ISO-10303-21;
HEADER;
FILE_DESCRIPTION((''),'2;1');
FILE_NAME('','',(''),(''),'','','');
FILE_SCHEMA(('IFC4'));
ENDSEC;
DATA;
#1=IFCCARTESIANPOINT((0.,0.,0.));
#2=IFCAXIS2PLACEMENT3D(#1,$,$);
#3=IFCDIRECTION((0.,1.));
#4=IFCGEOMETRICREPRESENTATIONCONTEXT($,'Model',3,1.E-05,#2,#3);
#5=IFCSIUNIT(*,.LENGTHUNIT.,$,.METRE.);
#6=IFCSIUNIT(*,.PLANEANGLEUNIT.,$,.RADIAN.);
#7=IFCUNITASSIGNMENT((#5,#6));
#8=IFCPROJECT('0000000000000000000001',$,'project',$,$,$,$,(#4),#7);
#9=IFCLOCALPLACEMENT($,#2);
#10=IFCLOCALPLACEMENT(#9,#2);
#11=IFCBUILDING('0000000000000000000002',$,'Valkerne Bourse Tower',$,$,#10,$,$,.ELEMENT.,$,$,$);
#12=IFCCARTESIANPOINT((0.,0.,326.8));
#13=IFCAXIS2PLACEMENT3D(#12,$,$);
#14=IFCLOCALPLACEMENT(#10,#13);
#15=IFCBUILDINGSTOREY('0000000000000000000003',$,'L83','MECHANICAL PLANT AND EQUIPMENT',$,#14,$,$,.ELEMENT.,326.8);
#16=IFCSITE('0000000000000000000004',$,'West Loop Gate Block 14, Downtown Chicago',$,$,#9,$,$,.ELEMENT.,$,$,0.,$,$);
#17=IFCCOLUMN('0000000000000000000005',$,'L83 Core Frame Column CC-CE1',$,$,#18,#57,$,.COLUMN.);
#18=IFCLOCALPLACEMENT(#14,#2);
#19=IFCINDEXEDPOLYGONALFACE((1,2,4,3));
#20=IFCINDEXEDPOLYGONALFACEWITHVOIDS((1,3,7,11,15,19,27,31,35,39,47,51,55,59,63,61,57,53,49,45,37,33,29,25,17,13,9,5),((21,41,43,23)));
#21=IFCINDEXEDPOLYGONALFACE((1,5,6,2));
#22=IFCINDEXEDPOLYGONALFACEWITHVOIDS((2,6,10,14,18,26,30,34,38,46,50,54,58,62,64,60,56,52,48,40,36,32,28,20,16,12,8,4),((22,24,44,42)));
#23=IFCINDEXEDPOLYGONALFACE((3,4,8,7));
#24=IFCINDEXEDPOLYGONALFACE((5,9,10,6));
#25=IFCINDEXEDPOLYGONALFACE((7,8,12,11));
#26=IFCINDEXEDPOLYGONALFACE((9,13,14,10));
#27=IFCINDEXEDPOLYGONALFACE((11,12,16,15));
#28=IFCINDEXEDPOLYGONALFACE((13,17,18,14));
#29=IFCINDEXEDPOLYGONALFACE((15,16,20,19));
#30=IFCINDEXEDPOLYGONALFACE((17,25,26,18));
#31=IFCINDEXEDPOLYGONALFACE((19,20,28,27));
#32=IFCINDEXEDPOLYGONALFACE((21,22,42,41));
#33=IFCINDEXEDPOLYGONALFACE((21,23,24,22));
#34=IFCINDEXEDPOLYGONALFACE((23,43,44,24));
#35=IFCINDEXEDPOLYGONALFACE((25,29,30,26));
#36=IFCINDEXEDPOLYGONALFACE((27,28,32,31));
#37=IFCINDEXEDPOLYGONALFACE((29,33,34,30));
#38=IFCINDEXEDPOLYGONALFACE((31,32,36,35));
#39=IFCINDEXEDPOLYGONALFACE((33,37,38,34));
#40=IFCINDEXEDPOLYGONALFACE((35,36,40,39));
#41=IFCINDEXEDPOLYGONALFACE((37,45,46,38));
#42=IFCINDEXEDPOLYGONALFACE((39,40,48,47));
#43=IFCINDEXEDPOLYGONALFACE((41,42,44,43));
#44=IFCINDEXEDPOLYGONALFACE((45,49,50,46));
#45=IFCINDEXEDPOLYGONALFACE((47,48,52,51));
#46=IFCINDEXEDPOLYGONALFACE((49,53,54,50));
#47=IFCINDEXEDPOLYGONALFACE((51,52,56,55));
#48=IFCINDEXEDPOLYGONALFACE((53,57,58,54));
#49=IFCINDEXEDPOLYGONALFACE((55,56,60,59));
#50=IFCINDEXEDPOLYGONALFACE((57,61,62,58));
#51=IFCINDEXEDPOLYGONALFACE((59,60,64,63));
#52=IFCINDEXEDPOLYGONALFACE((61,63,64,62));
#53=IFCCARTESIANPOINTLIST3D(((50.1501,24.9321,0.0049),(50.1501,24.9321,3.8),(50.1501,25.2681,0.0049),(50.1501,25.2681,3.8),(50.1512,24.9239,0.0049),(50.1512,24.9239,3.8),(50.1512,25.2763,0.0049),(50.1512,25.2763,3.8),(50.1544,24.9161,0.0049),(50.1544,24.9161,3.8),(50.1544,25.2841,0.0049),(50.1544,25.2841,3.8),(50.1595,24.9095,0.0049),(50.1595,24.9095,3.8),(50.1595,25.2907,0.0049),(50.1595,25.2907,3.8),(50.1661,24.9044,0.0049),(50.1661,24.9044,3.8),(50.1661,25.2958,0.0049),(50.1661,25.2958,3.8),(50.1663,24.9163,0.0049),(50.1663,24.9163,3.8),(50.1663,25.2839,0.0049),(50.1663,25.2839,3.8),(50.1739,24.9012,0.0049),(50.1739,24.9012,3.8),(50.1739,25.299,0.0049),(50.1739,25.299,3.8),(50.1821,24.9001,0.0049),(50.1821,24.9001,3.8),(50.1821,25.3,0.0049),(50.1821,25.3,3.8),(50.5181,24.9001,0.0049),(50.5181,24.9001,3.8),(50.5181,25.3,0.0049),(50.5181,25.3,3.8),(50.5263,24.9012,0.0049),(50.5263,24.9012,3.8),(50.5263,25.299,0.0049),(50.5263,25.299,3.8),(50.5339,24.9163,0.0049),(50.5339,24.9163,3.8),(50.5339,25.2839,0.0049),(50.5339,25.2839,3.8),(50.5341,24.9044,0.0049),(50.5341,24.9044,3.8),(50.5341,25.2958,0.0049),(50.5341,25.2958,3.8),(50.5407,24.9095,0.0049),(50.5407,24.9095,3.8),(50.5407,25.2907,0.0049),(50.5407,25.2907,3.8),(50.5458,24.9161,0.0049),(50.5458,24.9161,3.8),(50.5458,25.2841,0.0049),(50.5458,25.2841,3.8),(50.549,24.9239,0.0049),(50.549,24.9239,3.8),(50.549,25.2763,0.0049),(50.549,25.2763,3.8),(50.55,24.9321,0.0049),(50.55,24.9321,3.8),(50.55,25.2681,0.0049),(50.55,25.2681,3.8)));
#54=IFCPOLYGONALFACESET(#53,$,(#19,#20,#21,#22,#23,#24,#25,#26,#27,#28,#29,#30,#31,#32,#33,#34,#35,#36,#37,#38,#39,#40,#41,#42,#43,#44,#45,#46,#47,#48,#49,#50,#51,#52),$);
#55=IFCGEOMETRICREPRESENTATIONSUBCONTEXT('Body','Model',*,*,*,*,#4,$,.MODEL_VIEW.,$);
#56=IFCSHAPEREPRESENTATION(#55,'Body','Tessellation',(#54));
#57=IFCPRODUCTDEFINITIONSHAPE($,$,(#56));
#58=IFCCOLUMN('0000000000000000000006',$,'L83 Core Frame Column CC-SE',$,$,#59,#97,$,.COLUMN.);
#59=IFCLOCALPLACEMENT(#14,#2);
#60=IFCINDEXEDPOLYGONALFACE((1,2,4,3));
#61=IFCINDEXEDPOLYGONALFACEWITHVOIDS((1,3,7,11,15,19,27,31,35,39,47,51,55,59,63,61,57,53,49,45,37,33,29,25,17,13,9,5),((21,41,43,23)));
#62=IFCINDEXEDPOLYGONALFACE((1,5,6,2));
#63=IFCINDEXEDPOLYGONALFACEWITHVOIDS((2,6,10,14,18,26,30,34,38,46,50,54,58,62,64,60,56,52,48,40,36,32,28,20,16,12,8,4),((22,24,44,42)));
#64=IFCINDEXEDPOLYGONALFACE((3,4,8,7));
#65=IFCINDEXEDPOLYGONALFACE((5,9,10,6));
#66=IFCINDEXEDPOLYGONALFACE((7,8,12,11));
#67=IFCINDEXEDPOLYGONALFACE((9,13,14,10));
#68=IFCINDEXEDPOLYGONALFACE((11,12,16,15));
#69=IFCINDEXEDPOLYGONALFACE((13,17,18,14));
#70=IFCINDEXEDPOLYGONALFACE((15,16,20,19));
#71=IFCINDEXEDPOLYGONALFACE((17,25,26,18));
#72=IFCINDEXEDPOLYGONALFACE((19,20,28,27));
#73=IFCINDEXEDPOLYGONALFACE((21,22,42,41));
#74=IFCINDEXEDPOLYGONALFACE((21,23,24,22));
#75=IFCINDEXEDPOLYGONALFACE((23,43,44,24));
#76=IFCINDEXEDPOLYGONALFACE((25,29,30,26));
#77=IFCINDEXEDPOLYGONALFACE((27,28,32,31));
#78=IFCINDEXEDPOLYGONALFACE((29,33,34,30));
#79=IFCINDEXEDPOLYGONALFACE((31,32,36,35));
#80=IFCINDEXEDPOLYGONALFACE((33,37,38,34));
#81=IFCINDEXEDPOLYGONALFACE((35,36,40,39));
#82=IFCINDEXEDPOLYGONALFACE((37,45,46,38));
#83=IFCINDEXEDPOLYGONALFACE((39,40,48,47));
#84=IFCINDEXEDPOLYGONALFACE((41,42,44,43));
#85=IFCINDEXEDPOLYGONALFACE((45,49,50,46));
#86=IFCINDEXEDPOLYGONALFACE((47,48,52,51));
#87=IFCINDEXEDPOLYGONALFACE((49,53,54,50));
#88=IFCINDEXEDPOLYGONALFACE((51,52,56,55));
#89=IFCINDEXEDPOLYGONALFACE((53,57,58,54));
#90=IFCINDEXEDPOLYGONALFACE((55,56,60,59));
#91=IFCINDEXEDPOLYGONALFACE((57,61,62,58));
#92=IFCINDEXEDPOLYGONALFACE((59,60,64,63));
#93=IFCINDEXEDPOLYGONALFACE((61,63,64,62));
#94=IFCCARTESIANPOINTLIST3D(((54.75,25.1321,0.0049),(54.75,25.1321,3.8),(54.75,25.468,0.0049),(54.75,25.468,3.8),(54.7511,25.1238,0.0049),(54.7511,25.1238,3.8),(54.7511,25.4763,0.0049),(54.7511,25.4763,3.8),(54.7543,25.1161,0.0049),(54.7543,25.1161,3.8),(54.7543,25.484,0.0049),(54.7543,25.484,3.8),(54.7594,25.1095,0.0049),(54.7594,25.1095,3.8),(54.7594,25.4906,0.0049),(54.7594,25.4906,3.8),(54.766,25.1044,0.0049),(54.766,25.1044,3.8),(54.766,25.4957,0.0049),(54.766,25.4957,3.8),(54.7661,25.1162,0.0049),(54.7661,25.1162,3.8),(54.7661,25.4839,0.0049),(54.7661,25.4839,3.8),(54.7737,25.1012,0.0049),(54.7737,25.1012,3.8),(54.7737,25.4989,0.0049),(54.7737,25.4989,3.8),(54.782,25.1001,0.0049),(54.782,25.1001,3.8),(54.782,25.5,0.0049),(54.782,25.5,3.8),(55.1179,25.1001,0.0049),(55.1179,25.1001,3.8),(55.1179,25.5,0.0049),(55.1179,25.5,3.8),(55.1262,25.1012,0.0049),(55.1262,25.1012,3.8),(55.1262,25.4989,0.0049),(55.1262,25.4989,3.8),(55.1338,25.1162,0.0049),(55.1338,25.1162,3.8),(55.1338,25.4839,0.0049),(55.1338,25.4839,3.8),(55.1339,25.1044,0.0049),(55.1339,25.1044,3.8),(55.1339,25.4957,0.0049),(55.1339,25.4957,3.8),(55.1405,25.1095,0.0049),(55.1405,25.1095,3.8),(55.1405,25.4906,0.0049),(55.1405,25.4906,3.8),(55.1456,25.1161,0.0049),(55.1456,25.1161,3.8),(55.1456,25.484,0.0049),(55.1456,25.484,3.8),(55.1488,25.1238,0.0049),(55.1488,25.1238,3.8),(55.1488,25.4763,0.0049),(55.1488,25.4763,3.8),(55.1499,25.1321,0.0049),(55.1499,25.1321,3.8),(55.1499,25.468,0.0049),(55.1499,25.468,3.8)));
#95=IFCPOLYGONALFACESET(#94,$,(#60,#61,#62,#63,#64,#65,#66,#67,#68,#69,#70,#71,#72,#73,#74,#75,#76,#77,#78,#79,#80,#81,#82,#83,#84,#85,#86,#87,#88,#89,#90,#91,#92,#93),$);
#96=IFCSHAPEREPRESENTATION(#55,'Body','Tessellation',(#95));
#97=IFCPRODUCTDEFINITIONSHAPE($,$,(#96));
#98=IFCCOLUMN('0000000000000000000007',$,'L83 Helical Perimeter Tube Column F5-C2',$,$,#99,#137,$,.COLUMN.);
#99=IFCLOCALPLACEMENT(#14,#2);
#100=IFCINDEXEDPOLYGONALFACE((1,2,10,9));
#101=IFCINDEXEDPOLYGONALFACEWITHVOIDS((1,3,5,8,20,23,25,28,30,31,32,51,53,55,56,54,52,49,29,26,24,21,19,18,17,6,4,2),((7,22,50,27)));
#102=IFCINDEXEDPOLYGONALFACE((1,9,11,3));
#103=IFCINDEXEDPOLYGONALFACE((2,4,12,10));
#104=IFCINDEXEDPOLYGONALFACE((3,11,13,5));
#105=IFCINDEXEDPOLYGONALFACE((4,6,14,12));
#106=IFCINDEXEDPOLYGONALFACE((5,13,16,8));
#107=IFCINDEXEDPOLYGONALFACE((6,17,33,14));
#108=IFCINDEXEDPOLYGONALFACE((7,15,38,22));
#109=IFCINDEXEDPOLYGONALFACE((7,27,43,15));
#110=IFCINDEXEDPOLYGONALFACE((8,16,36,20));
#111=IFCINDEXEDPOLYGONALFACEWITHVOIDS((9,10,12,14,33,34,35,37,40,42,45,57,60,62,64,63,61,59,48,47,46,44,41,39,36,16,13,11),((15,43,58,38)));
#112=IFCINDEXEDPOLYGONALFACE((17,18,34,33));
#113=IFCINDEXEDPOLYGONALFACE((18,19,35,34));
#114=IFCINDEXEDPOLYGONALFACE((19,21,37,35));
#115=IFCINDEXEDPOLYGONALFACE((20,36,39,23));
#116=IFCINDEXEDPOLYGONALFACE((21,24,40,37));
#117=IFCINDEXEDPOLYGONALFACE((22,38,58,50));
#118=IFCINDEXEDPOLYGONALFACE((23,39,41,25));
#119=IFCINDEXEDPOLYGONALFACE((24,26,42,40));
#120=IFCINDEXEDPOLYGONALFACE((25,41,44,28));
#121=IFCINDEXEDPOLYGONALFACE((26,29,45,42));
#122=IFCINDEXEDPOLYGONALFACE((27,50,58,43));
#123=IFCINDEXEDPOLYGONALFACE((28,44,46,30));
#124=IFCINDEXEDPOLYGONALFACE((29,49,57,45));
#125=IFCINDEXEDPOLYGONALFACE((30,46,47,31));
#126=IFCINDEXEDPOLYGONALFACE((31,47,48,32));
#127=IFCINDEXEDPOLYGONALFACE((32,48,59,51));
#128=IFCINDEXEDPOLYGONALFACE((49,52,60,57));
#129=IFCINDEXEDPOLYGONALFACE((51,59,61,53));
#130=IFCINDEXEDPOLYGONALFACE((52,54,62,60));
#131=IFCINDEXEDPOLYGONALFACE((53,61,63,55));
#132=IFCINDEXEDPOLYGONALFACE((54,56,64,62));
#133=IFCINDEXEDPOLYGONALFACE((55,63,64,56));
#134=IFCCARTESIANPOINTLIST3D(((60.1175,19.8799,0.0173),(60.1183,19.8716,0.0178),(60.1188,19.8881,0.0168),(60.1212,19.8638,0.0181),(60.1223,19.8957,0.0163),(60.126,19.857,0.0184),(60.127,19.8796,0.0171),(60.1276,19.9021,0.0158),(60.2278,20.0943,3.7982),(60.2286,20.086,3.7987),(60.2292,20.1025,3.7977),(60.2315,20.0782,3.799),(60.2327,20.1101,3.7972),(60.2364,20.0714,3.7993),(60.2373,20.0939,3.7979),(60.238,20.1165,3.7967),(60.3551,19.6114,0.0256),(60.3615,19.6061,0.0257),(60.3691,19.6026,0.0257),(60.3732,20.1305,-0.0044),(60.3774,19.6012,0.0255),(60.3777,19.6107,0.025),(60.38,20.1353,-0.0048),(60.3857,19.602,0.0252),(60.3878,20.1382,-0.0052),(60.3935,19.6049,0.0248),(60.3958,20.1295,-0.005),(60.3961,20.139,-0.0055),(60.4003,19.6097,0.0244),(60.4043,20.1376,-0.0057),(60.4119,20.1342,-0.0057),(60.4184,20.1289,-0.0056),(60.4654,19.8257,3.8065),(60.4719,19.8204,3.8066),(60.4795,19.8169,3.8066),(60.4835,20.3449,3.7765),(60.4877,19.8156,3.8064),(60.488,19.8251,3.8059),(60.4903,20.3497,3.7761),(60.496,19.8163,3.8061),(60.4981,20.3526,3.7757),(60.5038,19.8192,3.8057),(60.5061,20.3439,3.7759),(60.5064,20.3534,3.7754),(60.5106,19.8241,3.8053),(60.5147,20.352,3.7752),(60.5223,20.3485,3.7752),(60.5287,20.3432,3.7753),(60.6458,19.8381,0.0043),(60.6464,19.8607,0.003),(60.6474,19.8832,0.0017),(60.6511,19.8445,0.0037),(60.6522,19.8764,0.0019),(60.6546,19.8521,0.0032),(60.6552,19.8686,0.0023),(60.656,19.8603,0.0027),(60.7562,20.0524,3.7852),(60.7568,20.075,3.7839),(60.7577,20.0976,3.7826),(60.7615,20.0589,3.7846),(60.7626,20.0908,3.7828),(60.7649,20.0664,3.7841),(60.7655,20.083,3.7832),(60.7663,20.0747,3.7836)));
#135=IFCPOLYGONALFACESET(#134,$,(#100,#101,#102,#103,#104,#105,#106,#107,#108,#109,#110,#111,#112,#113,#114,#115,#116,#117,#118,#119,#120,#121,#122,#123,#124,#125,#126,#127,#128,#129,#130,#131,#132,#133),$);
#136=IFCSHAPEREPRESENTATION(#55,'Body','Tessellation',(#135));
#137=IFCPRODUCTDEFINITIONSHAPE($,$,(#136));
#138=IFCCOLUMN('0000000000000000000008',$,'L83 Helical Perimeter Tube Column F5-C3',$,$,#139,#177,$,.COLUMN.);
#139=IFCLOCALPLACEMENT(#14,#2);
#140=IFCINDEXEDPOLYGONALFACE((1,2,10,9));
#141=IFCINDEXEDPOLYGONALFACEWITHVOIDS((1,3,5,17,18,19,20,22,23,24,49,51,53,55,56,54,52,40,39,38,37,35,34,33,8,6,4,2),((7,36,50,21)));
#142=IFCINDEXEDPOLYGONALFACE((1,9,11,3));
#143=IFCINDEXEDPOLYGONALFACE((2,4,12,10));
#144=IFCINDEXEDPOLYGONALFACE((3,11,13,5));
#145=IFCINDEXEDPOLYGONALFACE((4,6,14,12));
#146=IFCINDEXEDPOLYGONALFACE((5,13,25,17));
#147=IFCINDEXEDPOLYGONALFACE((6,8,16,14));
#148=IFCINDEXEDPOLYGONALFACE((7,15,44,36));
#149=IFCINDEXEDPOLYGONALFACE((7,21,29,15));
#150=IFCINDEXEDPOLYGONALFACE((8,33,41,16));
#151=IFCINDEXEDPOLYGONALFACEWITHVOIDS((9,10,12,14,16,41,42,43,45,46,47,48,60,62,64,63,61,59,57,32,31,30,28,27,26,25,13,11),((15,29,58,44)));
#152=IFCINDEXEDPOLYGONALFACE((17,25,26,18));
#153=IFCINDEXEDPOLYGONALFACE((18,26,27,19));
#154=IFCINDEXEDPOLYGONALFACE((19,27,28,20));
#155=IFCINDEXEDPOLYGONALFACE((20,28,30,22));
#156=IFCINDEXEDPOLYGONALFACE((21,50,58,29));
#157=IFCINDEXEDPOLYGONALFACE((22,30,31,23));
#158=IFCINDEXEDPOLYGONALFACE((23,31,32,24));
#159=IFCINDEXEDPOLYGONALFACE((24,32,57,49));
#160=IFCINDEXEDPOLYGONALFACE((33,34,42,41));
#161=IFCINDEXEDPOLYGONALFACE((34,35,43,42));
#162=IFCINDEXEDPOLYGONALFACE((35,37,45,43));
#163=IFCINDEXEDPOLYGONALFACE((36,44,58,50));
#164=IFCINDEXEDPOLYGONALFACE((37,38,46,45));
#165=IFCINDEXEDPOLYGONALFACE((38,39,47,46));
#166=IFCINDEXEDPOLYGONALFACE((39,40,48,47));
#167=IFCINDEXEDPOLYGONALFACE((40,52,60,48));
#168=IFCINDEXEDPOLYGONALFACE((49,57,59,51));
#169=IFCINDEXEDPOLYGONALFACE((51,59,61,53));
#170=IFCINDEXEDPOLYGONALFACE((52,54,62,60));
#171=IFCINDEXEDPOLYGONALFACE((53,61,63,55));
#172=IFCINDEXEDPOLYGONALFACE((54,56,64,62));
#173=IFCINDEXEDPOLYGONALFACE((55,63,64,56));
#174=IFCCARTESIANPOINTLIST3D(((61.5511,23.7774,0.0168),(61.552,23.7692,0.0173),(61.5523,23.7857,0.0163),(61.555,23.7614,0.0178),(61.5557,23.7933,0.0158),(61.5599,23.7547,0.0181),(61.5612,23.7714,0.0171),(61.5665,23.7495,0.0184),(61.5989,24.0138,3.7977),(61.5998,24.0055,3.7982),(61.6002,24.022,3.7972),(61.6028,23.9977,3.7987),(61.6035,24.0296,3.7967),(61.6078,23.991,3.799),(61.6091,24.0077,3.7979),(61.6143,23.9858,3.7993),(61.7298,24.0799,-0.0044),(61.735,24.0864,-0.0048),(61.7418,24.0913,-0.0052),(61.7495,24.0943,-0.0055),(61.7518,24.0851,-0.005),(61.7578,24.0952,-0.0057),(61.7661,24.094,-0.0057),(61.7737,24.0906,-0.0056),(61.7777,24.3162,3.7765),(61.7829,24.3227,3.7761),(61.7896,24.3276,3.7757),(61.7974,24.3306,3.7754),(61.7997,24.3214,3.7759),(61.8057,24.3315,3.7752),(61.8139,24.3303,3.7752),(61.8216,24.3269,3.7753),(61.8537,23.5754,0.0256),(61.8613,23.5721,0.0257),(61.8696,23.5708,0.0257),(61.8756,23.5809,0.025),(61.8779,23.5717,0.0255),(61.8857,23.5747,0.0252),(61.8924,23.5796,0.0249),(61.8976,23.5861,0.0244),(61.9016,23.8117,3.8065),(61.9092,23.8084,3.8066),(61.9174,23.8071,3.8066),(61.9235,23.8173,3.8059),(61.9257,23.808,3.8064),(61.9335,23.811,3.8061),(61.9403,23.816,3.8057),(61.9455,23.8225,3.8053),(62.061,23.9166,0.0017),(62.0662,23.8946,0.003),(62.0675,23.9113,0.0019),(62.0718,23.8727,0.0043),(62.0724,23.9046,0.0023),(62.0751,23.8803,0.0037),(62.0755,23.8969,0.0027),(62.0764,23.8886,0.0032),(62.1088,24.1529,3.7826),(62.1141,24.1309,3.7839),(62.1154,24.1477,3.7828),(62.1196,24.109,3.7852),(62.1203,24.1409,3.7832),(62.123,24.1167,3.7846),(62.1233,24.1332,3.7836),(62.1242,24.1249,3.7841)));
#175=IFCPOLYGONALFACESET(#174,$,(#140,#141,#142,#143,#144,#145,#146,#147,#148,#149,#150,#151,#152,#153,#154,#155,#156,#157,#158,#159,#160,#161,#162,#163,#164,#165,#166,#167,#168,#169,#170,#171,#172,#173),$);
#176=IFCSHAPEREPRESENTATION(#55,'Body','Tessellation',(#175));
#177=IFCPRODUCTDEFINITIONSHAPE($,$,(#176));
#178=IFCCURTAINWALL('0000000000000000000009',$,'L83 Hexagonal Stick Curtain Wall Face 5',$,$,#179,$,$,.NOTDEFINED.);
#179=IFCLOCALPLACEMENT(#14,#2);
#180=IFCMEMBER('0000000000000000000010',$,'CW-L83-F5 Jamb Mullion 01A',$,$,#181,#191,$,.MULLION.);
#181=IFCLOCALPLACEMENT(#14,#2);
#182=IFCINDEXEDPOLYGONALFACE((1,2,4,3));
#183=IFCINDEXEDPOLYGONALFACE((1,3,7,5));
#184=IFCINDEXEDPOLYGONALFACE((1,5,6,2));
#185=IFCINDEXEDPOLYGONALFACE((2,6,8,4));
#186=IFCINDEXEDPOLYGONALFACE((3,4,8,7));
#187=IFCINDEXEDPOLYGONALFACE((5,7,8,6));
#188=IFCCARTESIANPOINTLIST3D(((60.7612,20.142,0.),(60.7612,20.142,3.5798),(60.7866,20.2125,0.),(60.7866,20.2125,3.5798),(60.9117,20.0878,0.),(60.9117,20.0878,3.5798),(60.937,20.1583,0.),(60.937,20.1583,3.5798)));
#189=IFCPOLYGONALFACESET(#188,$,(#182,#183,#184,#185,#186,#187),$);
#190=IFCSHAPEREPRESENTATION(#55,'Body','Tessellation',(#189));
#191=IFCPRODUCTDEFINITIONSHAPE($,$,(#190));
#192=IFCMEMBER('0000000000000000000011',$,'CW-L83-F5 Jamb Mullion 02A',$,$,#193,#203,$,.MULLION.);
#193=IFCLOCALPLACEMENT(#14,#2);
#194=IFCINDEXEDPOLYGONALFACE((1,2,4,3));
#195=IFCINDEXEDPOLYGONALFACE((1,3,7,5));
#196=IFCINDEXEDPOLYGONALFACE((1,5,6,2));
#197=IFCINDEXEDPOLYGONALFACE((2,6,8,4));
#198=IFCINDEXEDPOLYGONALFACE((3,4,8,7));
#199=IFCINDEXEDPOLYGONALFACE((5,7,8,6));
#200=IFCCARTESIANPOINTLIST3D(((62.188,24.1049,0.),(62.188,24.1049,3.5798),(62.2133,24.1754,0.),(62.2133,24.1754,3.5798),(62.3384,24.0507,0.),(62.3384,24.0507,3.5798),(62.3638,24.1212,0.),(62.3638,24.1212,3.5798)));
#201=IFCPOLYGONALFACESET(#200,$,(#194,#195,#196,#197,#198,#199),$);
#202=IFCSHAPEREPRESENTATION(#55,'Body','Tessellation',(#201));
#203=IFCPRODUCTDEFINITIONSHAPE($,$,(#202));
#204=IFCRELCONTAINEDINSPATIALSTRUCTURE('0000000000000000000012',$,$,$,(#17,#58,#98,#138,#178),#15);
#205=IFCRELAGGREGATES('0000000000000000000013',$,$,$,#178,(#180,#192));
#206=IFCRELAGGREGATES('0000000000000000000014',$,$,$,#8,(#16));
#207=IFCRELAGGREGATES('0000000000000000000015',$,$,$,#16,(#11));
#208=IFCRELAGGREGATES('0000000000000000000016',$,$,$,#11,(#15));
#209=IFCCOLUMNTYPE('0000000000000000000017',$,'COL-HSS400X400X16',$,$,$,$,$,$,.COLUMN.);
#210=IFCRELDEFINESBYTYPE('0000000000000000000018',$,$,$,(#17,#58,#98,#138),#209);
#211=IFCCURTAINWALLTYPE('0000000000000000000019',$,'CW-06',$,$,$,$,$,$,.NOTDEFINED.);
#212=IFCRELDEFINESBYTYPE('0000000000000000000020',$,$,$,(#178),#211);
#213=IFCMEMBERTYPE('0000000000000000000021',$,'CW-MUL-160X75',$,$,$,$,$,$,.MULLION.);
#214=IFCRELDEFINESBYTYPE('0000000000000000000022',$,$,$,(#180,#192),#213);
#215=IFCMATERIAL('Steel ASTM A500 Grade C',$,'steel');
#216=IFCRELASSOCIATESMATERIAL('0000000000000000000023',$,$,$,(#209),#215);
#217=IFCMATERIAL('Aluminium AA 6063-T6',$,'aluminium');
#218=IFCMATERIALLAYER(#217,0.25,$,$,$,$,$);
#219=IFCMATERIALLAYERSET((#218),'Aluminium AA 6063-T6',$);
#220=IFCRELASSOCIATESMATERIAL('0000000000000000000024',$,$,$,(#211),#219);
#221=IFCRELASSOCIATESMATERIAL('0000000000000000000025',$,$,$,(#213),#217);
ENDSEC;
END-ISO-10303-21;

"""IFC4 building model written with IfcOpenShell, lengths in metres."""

from ifc_helpers import new_model, si_unit, direction, frame, origin, origin_2d, place, context, subcontext, project, spatial, rectangle, hollow_rectangle, extrude, material, layer, layer_set, material_profile, profile_set, type_object, element, aggregate, save


model = new_model("IFC4")

# Units and contexts
model_context = context("Model", 3, precision=1e-05, world=origin(), true_north=direction((0.0, 1.0)))
body_context = subcontext(model_context, "Body", "Model", "MODEL_VIEW")
ifc_project = project(units=[si_unit("LENGTHUNIT", "METRE"), si_unit("PLANEANGLEUNIT", "RADIAN")], contexts=[model_context])

# Site, building, storey
site_placement = place(None, origin())
site = spatial("IfcSite", under=ifc_project, at=site_placement, Name="West Loop Gate Block 14, Downtown Chicago", CompositionType="ELEMENT", RefElevation=0.0)
building_placement = place(site_placement, origin())
building = spatial("IfcBuilding", under=site, at=building_placement, Name="Valkerne Bourse Tower", CompositionType="ELEMENT")
storey_placement = place(building_placement, frame((0.0, 0.0, 326.8)))
storey = spatial("IfcBuildingStorey", under=building, at=storey_placement, Name="L83", Description="MECHANICAL PLANT AND EQUIPMENT", CompositionType="ELEMENT", Elevation=326.8)

# Columns
ifc_material_1 = material(Name="Steel ASTM A500 Grade C", Category="steel")
ifc_material_profile_1 = material_profile(ifc_material_1, hollow_rectangle(XDim=0.3999, YDim=0.3999, WallThickness=0.0161, OuterFilletRadius=0.032, at=origin_2d()), Name="HSS400X400X16")
ifc_profile_set_1 = profile_set([ifc_material_profile_1], Name="Steel ASTM A500 Grade C")
column_type = type_object("IfcColumnType", Name="COL-HSS400X400X16", PredefinedType="COLUMN", material=ifc_profile_set_1)
for number, where, z_axis, x_axis, name in (
    (1, (50.3501, 25.1001, 0.0049), (0.0, 0.0, 1.0), (1.0, 0.0, 0.0), "L83 Core Frame Column CC-CE1"),
    (2, (54.95, 25.3, 0.0049), (0.0, 0.0, 1.0), (1.0, 0.0, 0.0), "L83 Core Frame Column CC-SE"),
):
    element("IfcColumn", number, at=place(storey_placement, frame(where, z_axis=z_axis, x_axis=x_axis)), inside=storey, type_object=column_type, Name=name, PredefinedType="COLUMN", context=body_context, shape_type="SweptSolid", body=[
        extrude(hollow_rectangle(XDim=0.3999, YDim=0.3999, WallThickness=0.0161, OuterFilletRadius=0.032, at=origin_2d()), origin(), (0.0, 0.0, 1.0), 3.7952),
    ])
for number, where, z_axis, x_axis, name in (
    (3, (60.3867, 19.8701, 0.01), (0.029127, 0.056578, 0.997973), (-0.730953, -0.679796, 0.059873), "L83 Helical Perimeter Tube Column F5-C2"),
    (4, (61.8137, 23.833, 0.01), (0.01263, 0.062377, 0.997973), (-0.518342, -0.853074, 0.059881), "L83 Helical Perimeter Tube Column F5-C3"),
):
    element("IfcColumn", number, at=place(storey_placement, frame(where, z_axis=z_axis, x_axis=x_axis)), inside=storey, type_object=column_type, Name=name, PredefinedType="COLUMN", context=body_context, shape_type="SweptSolid", body=[
        extrude(hollow_rectangle(XDim=0.3999, YDim=0.3999, WallThickness=0.0161, OuterFilletRadius=0.032, at=origin_2d()), origin(), (0.0, 0.0, 1.0), 3.7886),
    ])

# Curtain wall, members
ifc_material_2 = material(Name="Aluminium AA 6063-T6", Category="aluminium")
ifc_layer_1 = layer(ifc_material_2, 0.25)
ifc_layer_set_1 = layer_set([ifc_layer_1], Name="Aluminium AA 6063-T6")
curtain_wall_type = type_object("IfcCurtainWallType", Name="CW-06", PredefinedType="NOTDEFINED", material=ifc_layer_set_1)
curtain_wall_placement = place(storey_placement, origin())
curtain_wall = element("IfcCurtainWall", 5, at=curtain_wall_placement, inside=storey, type_object=curtain_wall_type, Name="L83 Hexagonal Stick Curtain Wall Face 5", PredefinedType="NOTDEFINED")
ifc_material_profile_2 = material_profile(ifc_material_2, rectangle(XDim=0.075, YDim=0.1599, at=origin_2d()), Name="CWM-75X160")
ifc_profile_set_2 = profile_set([ifc_material_profile_2], Name="Aluminium AA 6063-T6")
member_type_1 = type_object("IfcMemberType", Name="CW-MUL-160X75", PredefinedType="MULLION", material=ifc_profile_set_2)
member_1_placement = place(storey_placement, frame((60.8491, 20.1501, 0.0), z_axis=(0.0, 0.0, 1.0), x_axis=(0.338745, 0.940878, 0.0)))
member_1 = element("IfcMember", 6, at=member_1_placement, type_object=member_type_1, Name="CW-L83-F5 Jamb Mullion 01A", PredefinedType="MULLION", context=body_context, shape_type="SweptSolid", body=[
    extrude(rectangle(XDim=0.075, YDim=0.1599, at=origin_2d()), origin(), (0.0, 0.0, 1.0), 3.5798),
])
member_2_placement = place(storey_placement, frame((62.2759, 24.113, 0.0), z_axis=(0.0, 0.0, 1.0), x_axis=(0.338745, 0.940878, 0.0)))
member_2 = element("IfcMember", 7, at=member_2_placement, type_object=member_type_1, Name="CW-L83-F5 Jamb Mullion 02A", PredefinedType="MULLION", context=body_context, shape_type="SweptSolid", body=[
    extrude(rectangle(XDim=0.075, YDim=0.1599, at=origin_2d()), origin(), (0.0, 0.0, 1.0), 3.5798),
])
aggregate(curtain_wall, [member_1, member_2])

save(model, "model.ifc")
